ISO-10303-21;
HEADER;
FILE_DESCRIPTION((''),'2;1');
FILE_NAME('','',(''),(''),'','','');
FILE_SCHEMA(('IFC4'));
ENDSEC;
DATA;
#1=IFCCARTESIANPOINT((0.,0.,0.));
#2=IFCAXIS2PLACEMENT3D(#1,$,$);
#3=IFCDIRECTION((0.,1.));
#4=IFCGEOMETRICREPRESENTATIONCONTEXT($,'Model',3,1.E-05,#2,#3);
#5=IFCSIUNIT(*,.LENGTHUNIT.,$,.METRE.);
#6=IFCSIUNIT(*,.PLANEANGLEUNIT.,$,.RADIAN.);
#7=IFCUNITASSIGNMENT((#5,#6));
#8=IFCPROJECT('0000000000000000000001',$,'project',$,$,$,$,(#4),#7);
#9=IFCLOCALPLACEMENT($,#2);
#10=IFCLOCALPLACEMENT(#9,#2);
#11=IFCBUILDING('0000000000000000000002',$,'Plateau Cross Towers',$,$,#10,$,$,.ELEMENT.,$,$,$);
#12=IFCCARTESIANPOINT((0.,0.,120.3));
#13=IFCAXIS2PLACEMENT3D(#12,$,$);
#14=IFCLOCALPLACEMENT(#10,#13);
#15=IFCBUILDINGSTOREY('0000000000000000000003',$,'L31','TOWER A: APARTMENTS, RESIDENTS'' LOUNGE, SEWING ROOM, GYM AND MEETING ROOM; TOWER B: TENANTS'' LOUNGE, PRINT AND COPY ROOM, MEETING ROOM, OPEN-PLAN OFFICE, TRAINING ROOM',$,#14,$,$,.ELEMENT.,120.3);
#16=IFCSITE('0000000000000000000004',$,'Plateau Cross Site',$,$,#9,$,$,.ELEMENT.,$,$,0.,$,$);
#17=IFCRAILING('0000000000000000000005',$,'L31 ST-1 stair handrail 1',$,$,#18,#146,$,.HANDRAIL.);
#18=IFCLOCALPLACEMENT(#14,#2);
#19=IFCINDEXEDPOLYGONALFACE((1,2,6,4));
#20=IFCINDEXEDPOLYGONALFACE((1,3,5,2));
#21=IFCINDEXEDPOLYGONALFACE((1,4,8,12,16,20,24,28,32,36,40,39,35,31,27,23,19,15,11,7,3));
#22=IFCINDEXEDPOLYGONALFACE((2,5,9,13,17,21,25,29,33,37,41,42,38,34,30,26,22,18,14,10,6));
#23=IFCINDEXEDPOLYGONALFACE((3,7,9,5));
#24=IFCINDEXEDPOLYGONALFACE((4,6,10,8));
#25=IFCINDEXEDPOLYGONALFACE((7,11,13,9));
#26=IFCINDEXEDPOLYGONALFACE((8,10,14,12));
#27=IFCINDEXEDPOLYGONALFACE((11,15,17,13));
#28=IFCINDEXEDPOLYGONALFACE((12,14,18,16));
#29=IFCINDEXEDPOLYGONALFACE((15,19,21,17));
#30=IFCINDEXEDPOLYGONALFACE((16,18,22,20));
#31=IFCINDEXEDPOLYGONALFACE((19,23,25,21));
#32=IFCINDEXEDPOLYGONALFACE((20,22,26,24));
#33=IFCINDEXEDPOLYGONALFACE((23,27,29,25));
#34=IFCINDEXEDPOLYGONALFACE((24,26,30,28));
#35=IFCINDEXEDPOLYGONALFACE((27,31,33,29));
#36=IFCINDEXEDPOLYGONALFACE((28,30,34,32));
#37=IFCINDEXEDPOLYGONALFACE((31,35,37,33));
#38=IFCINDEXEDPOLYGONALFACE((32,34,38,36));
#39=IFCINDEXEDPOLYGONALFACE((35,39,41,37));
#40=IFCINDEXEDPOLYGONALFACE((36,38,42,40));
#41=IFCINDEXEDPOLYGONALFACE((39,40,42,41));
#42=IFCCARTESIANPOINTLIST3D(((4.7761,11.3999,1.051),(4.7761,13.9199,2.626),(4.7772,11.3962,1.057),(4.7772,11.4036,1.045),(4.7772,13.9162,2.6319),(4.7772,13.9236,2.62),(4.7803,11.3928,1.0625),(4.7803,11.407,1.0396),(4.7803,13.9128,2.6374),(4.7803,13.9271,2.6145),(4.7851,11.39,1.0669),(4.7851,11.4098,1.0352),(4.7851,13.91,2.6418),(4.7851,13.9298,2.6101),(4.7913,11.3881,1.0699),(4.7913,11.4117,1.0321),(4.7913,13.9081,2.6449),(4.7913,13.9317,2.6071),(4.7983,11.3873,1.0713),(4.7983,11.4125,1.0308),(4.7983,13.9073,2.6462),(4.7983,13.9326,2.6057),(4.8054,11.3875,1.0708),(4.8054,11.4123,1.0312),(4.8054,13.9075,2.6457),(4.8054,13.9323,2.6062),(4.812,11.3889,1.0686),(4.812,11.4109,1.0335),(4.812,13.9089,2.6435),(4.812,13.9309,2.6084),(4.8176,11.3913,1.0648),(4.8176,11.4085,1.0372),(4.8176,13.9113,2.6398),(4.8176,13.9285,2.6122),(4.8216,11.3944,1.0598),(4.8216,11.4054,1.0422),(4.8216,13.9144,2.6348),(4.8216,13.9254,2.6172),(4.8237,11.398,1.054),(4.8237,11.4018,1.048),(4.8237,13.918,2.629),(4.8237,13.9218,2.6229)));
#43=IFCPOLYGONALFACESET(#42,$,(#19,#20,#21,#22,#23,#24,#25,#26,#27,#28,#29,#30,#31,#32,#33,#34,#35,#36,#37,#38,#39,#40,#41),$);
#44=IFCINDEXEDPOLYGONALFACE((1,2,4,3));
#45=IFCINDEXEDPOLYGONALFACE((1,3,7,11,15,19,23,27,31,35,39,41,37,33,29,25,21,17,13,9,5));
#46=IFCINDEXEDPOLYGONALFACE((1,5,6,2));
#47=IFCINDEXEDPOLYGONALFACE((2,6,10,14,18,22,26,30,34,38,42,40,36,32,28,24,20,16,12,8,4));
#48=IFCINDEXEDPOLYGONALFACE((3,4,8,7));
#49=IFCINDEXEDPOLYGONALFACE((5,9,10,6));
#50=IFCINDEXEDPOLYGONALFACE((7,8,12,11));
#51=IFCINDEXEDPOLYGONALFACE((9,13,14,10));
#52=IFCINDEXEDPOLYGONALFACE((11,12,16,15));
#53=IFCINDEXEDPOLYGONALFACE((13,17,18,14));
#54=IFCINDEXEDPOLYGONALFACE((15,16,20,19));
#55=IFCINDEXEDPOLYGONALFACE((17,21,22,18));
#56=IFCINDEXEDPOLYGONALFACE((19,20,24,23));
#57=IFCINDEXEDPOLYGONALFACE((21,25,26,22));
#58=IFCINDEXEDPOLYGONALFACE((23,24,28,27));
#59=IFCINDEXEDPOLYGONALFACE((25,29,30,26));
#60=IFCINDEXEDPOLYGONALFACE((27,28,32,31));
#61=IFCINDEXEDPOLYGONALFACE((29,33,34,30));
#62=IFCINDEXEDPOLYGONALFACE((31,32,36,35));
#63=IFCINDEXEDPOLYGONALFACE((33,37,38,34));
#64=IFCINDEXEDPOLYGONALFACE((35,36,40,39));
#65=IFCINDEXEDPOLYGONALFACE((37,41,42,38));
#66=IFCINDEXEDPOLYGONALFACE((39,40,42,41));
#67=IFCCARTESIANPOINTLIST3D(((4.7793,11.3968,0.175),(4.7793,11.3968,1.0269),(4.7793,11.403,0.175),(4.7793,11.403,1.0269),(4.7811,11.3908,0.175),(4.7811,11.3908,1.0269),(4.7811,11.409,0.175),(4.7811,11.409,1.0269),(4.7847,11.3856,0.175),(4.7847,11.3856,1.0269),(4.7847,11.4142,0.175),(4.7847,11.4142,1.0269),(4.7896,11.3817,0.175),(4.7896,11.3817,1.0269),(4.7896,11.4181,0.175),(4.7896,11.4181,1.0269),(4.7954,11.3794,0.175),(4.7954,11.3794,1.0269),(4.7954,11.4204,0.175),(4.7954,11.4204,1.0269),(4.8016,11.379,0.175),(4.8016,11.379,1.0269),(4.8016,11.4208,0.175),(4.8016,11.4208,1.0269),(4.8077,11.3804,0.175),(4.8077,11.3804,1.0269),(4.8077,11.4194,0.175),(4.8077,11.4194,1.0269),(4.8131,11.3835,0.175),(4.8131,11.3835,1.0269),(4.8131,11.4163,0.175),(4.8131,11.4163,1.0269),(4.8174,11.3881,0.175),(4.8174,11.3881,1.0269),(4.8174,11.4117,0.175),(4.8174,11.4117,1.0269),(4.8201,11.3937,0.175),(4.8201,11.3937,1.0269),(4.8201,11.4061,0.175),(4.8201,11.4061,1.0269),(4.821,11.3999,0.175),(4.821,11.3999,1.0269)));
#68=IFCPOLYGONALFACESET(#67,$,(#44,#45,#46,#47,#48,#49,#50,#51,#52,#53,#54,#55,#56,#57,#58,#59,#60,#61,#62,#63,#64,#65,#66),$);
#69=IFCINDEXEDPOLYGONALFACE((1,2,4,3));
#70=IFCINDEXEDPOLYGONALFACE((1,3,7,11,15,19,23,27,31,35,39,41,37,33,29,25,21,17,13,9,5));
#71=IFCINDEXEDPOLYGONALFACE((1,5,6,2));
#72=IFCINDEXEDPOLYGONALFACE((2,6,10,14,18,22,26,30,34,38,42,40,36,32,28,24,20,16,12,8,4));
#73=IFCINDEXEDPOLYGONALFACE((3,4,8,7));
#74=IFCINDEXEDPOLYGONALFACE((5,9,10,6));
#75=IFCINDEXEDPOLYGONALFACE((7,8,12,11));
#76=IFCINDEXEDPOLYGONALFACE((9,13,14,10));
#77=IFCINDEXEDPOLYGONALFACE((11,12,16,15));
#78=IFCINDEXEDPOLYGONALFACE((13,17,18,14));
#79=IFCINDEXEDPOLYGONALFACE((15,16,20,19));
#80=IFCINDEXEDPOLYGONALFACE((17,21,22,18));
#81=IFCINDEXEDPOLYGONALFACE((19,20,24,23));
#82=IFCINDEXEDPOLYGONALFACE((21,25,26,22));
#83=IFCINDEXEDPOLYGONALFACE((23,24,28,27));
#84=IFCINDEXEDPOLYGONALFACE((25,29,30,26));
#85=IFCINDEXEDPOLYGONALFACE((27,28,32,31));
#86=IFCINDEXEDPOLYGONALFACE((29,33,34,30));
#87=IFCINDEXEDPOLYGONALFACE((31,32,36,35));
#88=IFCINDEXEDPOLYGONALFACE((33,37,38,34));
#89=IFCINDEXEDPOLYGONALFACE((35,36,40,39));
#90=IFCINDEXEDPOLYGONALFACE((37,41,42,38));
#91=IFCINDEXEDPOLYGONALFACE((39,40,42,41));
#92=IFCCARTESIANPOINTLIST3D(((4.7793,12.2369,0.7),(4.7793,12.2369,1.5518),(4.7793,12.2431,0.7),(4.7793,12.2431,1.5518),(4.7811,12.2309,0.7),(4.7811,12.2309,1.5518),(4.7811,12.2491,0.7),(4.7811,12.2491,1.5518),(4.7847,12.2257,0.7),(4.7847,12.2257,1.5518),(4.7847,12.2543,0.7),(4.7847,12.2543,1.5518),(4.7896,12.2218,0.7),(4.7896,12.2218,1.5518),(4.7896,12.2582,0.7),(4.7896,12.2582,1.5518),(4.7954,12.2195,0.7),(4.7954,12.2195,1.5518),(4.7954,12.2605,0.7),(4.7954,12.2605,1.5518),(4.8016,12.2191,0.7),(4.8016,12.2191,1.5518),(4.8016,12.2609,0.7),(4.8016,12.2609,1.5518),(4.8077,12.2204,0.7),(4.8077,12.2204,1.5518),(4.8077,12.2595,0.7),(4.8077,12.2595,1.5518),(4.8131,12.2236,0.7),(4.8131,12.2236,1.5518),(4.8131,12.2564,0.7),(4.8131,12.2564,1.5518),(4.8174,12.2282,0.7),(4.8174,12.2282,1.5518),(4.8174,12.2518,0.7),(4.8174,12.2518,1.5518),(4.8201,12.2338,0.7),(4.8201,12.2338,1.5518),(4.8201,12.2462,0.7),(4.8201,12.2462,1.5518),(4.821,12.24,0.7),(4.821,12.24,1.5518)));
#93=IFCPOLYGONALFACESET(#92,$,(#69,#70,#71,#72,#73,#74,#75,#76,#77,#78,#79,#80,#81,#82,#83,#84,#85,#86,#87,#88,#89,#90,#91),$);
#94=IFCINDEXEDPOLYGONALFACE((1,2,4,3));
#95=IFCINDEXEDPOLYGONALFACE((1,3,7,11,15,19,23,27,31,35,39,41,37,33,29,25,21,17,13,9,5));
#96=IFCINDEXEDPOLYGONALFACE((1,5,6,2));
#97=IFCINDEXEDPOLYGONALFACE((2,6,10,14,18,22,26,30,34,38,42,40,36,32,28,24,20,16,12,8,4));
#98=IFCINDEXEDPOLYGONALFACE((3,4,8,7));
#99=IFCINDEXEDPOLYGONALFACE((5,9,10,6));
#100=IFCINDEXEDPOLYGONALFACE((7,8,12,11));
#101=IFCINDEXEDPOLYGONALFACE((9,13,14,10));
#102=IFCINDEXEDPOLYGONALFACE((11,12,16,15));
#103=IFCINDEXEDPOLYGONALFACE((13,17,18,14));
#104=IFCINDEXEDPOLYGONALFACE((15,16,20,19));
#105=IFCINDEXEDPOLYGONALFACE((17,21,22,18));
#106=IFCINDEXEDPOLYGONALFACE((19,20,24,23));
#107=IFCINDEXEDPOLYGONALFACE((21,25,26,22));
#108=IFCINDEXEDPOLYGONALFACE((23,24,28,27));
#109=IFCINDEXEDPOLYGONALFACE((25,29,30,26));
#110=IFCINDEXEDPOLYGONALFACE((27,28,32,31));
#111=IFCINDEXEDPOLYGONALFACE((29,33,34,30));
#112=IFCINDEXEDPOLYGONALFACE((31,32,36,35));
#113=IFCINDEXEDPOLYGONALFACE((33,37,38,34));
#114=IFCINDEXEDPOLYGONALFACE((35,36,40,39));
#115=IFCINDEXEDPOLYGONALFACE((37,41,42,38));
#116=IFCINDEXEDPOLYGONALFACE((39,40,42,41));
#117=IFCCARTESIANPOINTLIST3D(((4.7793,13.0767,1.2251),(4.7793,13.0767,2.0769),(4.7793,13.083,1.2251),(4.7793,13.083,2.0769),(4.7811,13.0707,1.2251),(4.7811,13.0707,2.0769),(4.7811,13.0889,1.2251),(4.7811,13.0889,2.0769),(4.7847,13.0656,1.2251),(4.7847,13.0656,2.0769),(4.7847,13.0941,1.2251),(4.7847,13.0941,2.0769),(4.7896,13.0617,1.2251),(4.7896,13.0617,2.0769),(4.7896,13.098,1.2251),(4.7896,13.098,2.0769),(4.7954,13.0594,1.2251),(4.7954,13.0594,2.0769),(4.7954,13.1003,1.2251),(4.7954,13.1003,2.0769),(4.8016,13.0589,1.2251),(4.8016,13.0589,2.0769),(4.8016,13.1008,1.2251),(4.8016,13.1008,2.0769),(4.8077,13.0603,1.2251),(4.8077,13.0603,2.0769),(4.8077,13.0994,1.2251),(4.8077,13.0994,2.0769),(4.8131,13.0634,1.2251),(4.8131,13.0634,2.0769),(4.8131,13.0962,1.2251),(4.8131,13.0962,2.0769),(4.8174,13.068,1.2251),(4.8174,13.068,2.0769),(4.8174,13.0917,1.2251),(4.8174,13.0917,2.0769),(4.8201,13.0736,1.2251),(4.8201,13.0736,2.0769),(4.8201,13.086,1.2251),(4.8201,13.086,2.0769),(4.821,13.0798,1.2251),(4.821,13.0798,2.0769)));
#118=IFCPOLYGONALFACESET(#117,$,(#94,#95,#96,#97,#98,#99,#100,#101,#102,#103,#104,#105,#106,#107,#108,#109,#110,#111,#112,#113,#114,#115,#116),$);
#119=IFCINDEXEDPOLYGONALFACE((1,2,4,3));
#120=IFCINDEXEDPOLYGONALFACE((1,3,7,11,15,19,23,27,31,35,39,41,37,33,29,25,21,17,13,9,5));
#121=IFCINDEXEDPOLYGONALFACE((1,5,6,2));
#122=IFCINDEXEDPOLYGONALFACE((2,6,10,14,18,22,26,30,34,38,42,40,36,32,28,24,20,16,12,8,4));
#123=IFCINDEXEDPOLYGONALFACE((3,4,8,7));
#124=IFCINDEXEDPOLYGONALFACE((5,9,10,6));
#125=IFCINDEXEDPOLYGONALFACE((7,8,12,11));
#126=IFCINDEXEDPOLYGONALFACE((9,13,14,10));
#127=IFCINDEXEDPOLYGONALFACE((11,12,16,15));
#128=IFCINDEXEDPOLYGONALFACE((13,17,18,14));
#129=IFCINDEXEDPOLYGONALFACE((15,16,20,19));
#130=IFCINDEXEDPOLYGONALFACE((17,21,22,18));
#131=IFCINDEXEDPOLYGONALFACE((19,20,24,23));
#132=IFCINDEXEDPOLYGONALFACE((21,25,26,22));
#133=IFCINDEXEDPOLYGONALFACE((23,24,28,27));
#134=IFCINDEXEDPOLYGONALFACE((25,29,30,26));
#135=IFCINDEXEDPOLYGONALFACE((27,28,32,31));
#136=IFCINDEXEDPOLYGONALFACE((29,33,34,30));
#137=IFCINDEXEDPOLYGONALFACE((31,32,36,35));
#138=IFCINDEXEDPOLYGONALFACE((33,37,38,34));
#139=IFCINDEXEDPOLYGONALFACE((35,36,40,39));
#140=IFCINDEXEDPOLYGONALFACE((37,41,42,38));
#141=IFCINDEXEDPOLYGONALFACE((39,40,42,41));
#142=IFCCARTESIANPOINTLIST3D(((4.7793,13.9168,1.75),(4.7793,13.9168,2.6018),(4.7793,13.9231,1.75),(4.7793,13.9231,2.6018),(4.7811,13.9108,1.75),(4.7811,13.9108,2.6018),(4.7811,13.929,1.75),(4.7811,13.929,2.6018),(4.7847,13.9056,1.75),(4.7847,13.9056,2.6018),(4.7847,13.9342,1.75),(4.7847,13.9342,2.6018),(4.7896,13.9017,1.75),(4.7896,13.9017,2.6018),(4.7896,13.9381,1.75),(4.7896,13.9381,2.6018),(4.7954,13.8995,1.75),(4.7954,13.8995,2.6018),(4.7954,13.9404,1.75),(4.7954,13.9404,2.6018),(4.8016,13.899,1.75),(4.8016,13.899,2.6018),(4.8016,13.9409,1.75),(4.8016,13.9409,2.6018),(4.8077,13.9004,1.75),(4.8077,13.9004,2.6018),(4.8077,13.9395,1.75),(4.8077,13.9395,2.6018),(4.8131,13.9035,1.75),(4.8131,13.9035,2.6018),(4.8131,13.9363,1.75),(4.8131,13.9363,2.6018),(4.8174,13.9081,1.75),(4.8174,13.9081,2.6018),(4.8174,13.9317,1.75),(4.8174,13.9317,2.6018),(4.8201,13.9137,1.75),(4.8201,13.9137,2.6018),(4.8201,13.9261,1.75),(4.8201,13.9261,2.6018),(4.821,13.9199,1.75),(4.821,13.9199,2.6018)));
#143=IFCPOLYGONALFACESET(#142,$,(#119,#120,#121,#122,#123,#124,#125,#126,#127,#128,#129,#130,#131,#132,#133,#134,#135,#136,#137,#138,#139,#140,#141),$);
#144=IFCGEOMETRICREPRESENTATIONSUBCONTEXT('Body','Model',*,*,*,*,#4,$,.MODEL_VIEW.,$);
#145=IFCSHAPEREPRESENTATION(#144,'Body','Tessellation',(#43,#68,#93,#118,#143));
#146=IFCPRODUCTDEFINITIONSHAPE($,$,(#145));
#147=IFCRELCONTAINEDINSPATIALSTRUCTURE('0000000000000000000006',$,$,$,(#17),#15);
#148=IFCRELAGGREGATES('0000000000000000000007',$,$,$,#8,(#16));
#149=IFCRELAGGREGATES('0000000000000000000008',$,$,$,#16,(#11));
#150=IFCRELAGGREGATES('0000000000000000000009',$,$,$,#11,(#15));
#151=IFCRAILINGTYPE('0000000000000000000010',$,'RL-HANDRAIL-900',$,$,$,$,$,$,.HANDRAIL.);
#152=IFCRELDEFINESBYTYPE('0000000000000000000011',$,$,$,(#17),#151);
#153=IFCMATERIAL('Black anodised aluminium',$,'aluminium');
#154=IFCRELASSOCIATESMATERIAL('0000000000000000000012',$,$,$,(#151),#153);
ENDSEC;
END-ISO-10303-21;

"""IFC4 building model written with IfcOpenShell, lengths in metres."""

from ifc_helpers import new_model, si_unit, direction, frame, origin, origin_2d, place, context, subcontext, project, spatial, circle, extrude, material, type_object, element, save


model = new_model("IFC4")

# Units and contexts
model_context = context("Model", 3, precision=1e-05, world=origin(), true_north=direction((0.0, 1.0)))
body_context = subcontext(model_context, "Body", "Model", "MODEL_VIEW")
ifc_project = project(units=[si_unit("LENGTHUNIT", "METRE"), si_unit("PLANEANGLEUNIT", "RADIAN")], contexts=[model_context])

# Site, building, storey
site_placement = place(None, origin())
site = spatial("IfcSite", under=ifc_project, at=site_placement, Name="Plateau Cross Site", CompositionType="ELEMENT", RefElevation=0.0)
building_placement = place(site_placement, origin())
building = spatial("IfcBuilding", under=site, at=building_placement, Name="Plateau Cross Towers", CompositionType="ELEMENT")
storey_placement = place(building_placement, frame((0.0, 0.0, 120.3)))
storey = spatial("IfcBuildingStorey", under=building, at=storey_placement, Name="L31", Description="TOWER A: APARTMENTS, RESIDENTS' LOUNGE, SEWING ROOM, GYM AND MEETING ROOM; TOWER B: TENANTS' LOUNGE, PRINT AND COPY ROOM, MEETING ROOM, OPEN-PLAN OFFICE, TRAINING ROOM", CompositionType="ELEMENT", Elevation=120.3)

# Shared definitions
ifc_material_1 = material(Name="Black anodised aluminium", Category="aluminium")

# Railing
railing_type_1 = type_object("IfcRailingType", Name="RL-HANDRAIL-900", PredefinedType="HANDRAIL", material=ifc_material_1)
railing_1_placement = place(storey_placement, frame((4.8, 11.3999, 0.175)))
element("IfcRailing", 1, at=railing_1_placement, inside=storey, type_object=railing_type_1, Name="L31 ST-1 stair handrail 1", PredefinedType="HANDRAIL", context=body_context, shape_type="SweptSolid", body=[
    extrude(circle(Radius=0.0239, at=origin_2d()), frame((0.0, 0.0, 0.876), z_axis=(0.0, 0.848008, 0.529984), x_axis=(-1.0, 0.0, 0.0)), (0.0, 0.0, 1.0), 2.9717),
    extrude(circle(Radius=0.021, at=origin_2d()), origin(), (0.0, 0.0, 1.0), 0.8518),
    extrude(circle(Radius=0.021, at=origin_2d()), frame((0.0, 0.8401, 0.5249)), (0.0, 0.0, 1.0), 0.8518),
    extrude(circle(Radius=0.021, at=origin_2d()), frame((0.0, 1.6799, 1.05)), (0.0, 0.0, 1.0), 0.8518),
    extrude(circle(Radius=0.021, at=origin_2d()), frame((0.0, 2.52, 1.575)), (0.0, 0.0, 1.0), 0.8518),
])

save(model, "model.ifc")
